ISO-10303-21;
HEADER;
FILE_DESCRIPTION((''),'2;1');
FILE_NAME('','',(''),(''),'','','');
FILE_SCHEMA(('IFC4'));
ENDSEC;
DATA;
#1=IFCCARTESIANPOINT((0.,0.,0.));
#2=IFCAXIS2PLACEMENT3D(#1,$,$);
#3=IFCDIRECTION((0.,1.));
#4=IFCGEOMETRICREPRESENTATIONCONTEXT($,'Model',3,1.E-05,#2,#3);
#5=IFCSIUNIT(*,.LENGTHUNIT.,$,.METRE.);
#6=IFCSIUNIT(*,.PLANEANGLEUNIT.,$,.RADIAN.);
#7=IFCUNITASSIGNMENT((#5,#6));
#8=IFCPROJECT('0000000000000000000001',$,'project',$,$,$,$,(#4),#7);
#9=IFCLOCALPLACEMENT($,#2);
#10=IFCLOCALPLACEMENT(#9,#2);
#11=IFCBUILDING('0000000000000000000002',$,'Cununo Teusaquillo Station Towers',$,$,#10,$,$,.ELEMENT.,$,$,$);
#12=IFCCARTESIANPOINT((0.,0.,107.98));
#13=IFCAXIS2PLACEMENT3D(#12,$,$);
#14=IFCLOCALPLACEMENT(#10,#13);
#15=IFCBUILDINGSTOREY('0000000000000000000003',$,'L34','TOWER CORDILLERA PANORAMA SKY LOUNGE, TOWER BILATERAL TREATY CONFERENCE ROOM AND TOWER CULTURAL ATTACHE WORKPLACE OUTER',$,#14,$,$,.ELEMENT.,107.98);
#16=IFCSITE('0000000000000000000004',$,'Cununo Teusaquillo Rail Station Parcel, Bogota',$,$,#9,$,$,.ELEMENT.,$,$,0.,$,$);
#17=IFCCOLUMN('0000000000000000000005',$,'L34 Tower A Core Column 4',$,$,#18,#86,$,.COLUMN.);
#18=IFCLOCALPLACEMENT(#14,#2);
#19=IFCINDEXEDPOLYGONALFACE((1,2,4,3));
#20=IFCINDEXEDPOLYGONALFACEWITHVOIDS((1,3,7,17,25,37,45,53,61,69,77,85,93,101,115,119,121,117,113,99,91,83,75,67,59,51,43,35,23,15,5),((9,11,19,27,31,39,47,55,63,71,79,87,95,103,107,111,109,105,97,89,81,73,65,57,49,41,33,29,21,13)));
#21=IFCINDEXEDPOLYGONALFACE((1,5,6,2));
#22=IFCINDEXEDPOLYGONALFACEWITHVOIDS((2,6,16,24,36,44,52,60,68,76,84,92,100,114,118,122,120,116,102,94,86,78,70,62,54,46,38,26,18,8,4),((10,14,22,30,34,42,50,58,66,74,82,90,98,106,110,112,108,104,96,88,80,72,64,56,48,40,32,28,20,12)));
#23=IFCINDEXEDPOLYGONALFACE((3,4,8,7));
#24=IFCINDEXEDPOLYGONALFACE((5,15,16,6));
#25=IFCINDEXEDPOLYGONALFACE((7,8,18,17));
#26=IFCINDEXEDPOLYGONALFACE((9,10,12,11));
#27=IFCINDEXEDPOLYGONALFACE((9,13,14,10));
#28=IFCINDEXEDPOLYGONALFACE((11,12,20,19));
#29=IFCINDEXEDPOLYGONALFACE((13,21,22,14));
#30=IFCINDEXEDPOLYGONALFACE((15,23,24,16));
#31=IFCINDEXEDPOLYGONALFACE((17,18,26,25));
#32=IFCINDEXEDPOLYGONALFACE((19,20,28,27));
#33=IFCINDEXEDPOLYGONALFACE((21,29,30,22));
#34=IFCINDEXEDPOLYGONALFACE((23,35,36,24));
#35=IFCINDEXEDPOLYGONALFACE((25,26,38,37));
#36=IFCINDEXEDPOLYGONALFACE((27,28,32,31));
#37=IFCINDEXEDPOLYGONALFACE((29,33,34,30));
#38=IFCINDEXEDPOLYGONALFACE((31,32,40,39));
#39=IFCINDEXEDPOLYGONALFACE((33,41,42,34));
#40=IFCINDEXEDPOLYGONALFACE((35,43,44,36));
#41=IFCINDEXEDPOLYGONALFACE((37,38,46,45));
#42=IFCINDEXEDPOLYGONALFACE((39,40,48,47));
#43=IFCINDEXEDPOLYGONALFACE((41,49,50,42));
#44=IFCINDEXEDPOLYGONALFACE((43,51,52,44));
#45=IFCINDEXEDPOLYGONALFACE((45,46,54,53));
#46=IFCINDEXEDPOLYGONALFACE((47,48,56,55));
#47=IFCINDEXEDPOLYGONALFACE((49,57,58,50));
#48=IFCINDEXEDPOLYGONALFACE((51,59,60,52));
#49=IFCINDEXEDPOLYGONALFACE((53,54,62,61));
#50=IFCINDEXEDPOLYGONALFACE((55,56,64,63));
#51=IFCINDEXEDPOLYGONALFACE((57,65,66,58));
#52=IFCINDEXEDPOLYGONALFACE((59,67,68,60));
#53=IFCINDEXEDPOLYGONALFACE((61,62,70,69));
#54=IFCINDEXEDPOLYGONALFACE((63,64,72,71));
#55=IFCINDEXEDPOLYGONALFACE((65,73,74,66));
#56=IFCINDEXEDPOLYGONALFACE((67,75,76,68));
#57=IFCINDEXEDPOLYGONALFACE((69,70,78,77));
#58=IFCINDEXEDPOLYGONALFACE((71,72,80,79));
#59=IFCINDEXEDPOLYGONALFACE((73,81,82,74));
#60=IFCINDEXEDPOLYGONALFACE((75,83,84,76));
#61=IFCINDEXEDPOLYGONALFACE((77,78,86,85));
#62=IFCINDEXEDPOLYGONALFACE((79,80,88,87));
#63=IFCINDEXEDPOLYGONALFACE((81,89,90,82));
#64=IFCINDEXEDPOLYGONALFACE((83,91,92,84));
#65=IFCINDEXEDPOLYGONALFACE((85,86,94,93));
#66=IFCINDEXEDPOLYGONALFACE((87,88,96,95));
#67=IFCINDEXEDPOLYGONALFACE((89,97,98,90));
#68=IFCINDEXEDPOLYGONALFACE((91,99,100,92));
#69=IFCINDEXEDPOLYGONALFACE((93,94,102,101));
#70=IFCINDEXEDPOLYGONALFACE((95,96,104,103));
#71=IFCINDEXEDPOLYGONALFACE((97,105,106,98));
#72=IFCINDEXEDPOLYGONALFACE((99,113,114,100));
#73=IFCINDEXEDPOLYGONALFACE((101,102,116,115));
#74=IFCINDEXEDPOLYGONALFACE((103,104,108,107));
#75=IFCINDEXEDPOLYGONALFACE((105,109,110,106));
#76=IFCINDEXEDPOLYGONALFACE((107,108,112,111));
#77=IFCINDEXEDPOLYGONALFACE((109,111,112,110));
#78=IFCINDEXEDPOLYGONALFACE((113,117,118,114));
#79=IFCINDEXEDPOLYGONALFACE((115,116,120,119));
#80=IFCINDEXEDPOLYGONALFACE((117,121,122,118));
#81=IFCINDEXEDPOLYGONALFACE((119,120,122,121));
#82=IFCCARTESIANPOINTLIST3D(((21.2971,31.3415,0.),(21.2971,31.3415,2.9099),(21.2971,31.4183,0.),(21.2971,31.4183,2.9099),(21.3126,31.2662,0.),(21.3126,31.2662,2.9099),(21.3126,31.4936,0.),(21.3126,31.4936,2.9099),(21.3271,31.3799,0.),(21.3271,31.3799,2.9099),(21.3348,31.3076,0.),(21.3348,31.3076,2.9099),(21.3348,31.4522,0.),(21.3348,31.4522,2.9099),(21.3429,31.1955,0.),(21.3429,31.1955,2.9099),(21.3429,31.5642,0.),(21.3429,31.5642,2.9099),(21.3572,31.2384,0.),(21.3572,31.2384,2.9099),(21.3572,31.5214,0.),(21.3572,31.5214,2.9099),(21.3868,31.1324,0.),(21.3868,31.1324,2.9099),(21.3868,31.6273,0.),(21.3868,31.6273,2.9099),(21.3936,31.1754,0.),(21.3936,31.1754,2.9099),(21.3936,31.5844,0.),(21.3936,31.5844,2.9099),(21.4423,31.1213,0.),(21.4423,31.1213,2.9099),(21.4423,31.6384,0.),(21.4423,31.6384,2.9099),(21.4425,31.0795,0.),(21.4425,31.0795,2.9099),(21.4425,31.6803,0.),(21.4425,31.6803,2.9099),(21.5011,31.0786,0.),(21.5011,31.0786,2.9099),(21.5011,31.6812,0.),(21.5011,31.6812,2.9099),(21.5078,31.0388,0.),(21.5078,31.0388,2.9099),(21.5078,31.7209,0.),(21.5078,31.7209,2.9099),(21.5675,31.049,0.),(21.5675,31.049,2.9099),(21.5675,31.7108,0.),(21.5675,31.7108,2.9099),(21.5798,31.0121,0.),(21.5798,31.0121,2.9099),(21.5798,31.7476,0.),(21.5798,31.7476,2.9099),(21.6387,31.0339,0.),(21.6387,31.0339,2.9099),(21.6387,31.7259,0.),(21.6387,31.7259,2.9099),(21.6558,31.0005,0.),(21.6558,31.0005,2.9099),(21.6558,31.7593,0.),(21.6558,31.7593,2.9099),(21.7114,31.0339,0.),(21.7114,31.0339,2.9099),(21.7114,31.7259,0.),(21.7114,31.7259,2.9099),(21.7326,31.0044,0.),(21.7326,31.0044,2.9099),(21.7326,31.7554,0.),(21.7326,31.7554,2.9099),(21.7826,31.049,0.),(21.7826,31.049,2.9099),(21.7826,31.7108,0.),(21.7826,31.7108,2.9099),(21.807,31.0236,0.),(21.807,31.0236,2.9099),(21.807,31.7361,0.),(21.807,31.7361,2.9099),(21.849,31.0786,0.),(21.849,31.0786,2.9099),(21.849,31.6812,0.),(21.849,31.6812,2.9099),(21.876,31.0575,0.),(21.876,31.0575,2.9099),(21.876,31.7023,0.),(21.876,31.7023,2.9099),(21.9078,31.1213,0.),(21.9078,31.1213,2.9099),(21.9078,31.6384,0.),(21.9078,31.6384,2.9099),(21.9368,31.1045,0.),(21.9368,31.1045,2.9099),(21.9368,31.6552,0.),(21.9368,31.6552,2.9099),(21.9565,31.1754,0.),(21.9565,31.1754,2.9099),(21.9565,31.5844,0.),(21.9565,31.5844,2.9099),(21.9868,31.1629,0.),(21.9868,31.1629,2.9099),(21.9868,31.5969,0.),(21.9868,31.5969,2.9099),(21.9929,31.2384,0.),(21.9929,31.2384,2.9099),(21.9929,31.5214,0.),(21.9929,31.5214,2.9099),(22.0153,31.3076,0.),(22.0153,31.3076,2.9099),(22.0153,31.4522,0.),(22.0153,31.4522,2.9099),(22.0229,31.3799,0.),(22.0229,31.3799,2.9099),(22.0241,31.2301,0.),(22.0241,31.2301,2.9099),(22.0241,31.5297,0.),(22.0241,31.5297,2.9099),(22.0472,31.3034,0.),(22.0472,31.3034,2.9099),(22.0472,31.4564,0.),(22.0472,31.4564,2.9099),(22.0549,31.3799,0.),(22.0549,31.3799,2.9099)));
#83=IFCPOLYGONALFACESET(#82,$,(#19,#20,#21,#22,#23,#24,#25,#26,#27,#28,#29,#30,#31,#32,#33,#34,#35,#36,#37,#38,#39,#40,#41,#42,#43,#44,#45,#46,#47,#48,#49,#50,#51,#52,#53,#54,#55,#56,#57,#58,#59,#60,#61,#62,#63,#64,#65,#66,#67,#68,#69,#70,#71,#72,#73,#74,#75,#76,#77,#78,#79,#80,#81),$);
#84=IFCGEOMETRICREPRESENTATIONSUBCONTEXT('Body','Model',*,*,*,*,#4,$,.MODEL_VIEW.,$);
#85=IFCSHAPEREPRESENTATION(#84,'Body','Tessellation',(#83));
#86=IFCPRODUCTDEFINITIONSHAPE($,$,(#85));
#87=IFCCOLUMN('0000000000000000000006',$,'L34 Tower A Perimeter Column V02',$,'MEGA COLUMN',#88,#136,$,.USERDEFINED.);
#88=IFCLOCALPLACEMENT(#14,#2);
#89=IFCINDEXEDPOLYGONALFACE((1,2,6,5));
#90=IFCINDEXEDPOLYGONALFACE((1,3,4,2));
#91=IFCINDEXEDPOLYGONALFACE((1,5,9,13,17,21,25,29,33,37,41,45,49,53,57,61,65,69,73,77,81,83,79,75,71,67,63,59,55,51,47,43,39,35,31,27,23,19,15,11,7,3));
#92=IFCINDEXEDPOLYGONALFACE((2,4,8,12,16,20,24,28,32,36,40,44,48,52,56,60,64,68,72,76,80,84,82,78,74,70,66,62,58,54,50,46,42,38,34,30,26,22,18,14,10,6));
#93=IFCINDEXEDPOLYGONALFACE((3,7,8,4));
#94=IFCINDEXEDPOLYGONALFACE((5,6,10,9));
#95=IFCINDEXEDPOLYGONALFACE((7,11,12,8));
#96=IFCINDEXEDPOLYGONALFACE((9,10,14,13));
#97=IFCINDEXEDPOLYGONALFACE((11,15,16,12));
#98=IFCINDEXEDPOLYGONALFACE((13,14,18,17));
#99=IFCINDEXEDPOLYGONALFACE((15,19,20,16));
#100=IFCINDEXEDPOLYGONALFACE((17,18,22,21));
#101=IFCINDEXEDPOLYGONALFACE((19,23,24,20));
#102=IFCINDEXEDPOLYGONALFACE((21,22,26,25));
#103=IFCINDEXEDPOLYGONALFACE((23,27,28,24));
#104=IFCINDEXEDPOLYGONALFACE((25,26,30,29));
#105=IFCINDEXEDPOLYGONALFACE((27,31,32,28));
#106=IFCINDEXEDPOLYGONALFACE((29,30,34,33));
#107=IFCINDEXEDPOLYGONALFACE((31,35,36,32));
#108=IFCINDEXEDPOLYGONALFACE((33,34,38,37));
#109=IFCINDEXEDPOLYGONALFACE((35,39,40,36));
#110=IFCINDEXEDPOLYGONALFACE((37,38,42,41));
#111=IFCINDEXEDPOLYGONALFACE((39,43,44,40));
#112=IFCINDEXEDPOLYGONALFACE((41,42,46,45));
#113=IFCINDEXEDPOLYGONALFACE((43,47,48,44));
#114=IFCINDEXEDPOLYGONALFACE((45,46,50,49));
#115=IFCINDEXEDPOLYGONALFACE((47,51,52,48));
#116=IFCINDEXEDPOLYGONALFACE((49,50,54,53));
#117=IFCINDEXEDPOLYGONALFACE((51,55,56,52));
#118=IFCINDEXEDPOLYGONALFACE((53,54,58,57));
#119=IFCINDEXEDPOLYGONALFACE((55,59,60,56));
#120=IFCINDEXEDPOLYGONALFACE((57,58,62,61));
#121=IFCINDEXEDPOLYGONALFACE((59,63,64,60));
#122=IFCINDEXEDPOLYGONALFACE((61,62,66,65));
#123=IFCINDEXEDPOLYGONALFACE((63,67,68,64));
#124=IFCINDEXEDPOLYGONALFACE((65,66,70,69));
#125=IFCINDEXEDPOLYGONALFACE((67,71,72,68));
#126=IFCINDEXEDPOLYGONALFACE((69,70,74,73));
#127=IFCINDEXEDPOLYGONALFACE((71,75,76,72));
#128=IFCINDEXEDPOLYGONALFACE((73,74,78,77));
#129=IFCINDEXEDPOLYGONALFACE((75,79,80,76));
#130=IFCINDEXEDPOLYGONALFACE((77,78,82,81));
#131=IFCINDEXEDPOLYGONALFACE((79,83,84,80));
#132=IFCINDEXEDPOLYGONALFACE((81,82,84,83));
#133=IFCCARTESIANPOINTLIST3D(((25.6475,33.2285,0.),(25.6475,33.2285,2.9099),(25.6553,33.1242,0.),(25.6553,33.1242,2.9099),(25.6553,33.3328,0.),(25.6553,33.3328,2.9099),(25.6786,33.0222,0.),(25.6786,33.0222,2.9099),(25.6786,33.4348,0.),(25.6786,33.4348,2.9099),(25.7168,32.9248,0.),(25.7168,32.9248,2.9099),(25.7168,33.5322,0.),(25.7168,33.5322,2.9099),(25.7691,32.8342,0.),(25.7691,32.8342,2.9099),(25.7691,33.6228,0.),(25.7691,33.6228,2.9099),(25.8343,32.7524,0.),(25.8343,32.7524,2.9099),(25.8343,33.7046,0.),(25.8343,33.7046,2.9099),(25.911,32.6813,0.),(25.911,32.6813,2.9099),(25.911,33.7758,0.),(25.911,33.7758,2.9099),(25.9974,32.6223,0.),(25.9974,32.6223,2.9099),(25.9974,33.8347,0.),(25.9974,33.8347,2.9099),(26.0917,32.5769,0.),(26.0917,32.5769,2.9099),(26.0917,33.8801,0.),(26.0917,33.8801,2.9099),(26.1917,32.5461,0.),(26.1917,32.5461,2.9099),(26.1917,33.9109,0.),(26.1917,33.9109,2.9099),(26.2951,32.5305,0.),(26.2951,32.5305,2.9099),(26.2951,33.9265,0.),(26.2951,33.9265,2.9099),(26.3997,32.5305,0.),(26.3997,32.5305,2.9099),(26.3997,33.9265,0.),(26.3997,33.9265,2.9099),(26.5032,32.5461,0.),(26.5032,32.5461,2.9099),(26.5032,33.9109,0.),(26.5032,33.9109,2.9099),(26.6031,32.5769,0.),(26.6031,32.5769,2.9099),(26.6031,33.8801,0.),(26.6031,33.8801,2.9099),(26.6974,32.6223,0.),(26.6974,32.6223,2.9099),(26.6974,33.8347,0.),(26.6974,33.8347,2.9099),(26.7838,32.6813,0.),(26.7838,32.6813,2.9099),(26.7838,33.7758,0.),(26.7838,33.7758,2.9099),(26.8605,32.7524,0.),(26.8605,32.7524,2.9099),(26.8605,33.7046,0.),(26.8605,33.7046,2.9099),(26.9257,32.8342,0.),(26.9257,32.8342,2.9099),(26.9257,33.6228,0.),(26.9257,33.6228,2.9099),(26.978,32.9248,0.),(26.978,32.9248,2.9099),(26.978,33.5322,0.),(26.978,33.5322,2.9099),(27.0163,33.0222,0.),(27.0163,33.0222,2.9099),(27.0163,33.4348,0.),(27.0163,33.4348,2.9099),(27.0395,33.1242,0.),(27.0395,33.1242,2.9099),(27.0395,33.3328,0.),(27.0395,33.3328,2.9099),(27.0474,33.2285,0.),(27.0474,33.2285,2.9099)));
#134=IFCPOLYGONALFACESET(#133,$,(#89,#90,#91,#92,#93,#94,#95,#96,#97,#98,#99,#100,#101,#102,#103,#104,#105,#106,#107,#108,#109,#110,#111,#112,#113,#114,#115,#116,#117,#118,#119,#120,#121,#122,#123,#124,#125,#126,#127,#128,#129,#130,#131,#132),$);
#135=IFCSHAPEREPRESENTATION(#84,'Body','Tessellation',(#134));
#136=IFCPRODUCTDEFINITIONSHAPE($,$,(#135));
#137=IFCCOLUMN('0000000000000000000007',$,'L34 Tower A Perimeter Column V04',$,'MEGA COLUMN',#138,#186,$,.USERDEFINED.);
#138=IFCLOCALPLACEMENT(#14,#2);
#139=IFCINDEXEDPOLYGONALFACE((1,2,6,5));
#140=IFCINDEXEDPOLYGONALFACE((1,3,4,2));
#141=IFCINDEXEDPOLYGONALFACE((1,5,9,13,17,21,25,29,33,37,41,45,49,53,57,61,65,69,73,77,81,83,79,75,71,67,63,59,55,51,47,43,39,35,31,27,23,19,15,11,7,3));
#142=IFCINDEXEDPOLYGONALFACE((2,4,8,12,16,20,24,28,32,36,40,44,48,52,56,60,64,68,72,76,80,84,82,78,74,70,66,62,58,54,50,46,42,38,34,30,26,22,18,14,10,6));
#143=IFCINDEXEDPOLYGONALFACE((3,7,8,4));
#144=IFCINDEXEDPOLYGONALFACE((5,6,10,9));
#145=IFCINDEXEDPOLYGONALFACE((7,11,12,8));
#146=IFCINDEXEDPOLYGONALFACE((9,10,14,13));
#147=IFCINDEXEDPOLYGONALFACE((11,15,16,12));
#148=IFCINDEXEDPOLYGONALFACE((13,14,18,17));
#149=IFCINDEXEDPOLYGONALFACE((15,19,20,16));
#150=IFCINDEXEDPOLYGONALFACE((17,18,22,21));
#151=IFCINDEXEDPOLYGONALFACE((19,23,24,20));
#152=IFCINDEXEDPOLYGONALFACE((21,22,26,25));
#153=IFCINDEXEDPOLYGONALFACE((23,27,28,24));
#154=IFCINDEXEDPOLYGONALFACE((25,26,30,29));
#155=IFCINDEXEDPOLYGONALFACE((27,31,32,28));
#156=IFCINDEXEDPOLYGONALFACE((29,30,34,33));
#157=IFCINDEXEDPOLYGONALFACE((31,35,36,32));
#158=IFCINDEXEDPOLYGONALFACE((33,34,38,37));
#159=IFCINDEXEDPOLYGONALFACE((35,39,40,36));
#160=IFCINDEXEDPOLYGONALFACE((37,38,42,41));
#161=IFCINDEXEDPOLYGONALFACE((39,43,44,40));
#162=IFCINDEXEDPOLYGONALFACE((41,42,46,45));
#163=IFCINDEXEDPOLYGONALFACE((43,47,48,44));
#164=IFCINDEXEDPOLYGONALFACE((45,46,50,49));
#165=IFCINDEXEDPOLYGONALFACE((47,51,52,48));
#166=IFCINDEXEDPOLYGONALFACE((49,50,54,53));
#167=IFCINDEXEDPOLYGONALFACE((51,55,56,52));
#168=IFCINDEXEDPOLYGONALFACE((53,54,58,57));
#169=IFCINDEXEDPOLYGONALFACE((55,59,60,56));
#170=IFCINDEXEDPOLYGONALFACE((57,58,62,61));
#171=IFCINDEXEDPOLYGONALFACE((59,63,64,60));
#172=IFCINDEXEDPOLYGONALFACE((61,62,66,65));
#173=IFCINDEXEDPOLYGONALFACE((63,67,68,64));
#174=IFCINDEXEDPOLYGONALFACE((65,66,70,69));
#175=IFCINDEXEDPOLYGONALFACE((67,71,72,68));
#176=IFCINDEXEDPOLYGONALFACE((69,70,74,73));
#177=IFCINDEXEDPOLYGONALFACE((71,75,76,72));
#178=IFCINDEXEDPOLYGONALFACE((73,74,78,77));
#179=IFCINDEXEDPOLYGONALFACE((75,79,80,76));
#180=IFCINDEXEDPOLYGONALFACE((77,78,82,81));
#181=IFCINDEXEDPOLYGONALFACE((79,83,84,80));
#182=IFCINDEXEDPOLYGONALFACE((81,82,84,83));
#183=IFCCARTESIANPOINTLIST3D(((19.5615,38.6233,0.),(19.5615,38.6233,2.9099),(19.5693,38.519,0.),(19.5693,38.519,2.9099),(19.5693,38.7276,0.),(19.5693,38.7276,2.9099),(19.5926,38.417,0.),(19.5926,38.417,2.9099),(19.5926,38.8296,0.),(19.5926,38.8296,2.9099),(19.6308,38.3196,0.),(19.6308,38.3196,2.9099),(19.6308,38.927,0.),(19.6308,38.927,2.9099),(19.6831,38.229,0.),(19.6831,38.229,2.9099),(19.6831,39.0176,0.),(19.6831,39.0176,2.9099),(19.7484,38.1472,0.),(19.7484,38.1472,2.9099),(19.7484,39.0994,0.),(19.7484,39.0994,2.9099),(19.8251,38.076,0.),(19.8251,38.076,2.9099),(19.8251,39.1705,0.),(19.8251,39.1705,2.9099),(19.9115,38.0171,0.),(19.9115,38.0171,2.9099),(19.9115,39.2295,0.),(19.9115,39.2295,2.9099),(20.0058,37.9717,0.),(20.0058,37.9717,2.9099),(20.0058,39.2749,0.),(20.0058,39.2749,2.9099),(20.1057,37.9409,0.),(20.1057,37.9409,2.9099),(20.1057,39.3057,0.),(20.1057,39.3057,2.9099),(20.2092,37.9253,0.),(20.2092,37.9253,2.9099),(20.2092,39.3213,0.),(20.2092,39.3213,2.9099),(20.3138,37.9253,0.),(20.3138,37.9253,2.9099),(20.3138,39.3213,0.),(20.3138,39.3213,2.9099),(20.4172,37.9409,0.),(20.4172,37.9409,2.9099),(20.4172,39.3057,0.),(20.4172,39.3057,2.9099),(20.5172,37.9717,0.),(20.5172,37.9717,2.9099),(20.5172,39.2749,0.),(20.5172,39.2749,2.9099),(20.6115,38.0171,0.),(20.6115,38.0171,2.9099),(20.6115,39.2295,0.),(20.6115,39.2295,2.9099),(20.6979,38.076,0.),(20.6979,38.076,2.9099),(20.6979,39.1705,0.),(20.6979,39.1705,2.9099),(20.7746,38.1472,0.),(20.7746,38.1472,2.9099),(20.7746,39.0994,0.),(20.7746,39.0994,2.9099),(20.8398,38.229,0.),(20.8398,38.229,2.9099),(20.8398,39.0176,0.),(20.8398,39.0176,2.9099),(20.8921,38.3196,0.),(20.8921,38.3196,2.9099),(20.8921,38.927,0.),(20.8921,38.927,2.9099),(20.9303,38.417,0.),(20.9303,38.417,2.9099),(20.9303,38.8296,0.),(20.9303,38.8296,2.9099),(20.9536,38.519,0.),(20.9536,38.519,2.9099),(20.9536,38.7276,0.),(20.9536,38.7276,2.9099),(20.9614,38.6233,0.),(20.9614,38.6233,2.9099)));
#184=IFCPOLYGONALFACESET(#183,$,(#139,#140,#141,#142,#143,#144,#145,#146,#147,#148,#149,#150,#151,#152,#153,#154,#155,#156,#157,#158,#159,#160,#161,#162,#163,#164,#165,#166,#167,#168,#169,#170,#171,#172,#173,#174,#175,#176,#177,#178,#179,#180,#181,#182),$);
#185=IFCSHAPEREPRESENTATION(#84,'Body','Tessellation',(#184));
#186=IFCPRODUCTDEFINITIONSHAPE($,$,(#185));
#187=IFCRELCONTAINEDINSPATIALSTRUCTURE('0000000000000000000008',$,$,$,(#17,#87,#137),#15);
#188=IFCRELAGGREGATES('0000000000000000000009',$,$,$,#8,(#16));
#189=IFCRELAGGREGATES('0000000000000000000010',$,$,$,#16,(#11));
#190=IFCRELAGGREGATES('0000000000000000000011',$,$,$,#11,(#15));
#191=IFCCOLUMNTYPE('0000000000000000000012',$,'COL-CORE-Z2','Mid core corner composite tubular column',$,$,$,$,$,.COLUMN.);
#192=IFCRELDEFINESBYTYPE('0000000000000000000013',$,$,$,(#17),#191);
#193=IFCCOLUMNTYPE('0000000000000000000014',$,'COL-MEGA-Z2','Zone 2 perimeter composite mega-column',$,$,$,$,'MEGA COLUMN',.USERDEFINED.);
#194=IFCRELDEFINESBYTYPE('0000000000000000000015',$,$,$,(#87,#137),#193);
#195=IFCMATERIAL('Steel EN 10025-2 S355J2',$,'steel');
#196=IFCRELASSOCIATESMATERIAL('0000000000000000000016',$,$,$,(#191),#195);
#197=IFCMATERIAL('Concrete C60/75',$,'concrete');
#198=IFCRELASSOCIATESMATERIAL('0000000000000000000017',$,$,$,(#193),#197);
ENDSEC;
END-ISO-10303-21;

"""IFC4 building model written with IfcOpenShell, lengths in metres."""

from ifc_helpers import new_model, si_unit, direction, frame, origin, origin_2d, place, context, subcontext, project, spatial, circle, hollow_circle, extrude, material, material_profile, profile_set, type_object, element, save


model = new_model("IFC4")

# Units and contexts
model_context = context("Model", 3, precision=1e-05, world=origin(), true_north=direction((0.0, 1.0)))
body_context = subcontext(model_context, "Body", "Model", "MODEL_VIEW")
ifc_project = project(units=[si_unit("LENGTHUNIT", "METRE"), si_unit("PLANEANGLEUNIT", "RADIAN")], contexts=[model_context])

# Site, building, storey
site_placement = place(None, origin())
site = spatial("IfcSite", under=ifc_project, at=site_placement, Name="Cununo Teusaquillo Rail Station Parcel, Bogota", CompositionType="ELEMENT", RefElevation=0.0)
building_placement = place(site_placement, origin())
building = spatial("IfcBuilding", under=site, at=building_placement, Name="Cununo Teusaquillo Station Towers", CompositionType="ELEMENT")
storey_placement = place(building_placement, frame((0.0, 0.0, 107.98)))
storey = spatial("IfcBuildingStorey", under=building, at=storey_placement, Name="L34", Description="TOWER CORDILLERA PANORAMA SKY LOUNGE, TOWER BILATERAL TREATY CONFERENCE ROOM AND TOWER CULTURAL ATTACHE WORKPLACE OUTER", CompositionType="ELEMENT", Elevation=107.98)

# Columns
ifc_material_1 = material(Name="Steel EN 10025-2 S355J2", Category="steel")
ifc_material_profile_1 = material_profile(ifc_material_1, hollow_circle(Radius=0.3799, WallThickness=0.032, at=origin_2d()), Name="CHS 760x32")
ifc_profile_set_1 = profile_set([ifc_material_profile_1], Name="Steel EN 10025-2 S355J2")
column_type_1 = type_object("IfcColumnType", Name="COL-CORE-Z2", Description="Mid core corner composite tubular column", PredefinedType="COLUMN", material=ifc_profile_set_1)
column_placement = place(storey_placement, frame((21.675, 31.3799, 0.0), z_axis=(0.0, 0.0, 1.0), x_axis=(1.0, 0.0, 0.0)))
element("IfcColumn", 1, at=column_placement, inside=storey, type_object=column_type_1, Name="L34 Tower A Core Column 4", PredefinedType="COLUMN", context=body_context, shape_type="SweptSolid", body=[
    extrude(hollow_circle(Radius=0.3799, WallThickness=0.032, at=origin_2d()), origin(), (0.0, 0.0, 1.0), 2.9099),
])
ifc_material_2 = material(Name="Concrete C60/75", Category="concrete")
ifc_material_profile_2 = material_profile(ifc_material_2, circle(Radius=0.7, at=origin_2d()), Name="RC-CIRC-1400")
ifc_profile_set_2 = profile_set([ifc_material_profile_2], Name="Concrete C60/75")
column_type_2 = type_object("IfcColumnType", Name="COL-MEGA-Z2", Description="Zone 2 perimeter composite mega-column", ElementType="MEGA COLUMN", PredefinedType="USERDEFINED", material=ifc_profile_set_2)
for number, where, z_axis, x_axis, name in (
    (2, (26.3474, 33.2285, 0.0), (0.0, 0.0, 1.0), (1.0, 0.0, 0.0), "L34 Tower A Perimeter Column V02"),
    (3, (20.2615, 38.6233, 0.0), (0.0, 0.0, 1.0), (1.0, 0.0, 0.0), "L34 Tower A Perimeter Column V04"),
):
    element("IfcColumn", number, at=place(storey_placement, frame(where, z_axis=z_axis, x_axis=x_axis)), inside=storey, type_object=column_type_2, Name=name, ObjectType="MEGA COLUMN", PredefinedType="USERDEFINED", context=body_context, shape_type="SweptSolid", body=[
        extrude(circle(Radius=0.7, at=origin_2d()), origin(), (0.0, 0.0, 1.0), 2.9099),
    ])

save(model, "model.ifc")
